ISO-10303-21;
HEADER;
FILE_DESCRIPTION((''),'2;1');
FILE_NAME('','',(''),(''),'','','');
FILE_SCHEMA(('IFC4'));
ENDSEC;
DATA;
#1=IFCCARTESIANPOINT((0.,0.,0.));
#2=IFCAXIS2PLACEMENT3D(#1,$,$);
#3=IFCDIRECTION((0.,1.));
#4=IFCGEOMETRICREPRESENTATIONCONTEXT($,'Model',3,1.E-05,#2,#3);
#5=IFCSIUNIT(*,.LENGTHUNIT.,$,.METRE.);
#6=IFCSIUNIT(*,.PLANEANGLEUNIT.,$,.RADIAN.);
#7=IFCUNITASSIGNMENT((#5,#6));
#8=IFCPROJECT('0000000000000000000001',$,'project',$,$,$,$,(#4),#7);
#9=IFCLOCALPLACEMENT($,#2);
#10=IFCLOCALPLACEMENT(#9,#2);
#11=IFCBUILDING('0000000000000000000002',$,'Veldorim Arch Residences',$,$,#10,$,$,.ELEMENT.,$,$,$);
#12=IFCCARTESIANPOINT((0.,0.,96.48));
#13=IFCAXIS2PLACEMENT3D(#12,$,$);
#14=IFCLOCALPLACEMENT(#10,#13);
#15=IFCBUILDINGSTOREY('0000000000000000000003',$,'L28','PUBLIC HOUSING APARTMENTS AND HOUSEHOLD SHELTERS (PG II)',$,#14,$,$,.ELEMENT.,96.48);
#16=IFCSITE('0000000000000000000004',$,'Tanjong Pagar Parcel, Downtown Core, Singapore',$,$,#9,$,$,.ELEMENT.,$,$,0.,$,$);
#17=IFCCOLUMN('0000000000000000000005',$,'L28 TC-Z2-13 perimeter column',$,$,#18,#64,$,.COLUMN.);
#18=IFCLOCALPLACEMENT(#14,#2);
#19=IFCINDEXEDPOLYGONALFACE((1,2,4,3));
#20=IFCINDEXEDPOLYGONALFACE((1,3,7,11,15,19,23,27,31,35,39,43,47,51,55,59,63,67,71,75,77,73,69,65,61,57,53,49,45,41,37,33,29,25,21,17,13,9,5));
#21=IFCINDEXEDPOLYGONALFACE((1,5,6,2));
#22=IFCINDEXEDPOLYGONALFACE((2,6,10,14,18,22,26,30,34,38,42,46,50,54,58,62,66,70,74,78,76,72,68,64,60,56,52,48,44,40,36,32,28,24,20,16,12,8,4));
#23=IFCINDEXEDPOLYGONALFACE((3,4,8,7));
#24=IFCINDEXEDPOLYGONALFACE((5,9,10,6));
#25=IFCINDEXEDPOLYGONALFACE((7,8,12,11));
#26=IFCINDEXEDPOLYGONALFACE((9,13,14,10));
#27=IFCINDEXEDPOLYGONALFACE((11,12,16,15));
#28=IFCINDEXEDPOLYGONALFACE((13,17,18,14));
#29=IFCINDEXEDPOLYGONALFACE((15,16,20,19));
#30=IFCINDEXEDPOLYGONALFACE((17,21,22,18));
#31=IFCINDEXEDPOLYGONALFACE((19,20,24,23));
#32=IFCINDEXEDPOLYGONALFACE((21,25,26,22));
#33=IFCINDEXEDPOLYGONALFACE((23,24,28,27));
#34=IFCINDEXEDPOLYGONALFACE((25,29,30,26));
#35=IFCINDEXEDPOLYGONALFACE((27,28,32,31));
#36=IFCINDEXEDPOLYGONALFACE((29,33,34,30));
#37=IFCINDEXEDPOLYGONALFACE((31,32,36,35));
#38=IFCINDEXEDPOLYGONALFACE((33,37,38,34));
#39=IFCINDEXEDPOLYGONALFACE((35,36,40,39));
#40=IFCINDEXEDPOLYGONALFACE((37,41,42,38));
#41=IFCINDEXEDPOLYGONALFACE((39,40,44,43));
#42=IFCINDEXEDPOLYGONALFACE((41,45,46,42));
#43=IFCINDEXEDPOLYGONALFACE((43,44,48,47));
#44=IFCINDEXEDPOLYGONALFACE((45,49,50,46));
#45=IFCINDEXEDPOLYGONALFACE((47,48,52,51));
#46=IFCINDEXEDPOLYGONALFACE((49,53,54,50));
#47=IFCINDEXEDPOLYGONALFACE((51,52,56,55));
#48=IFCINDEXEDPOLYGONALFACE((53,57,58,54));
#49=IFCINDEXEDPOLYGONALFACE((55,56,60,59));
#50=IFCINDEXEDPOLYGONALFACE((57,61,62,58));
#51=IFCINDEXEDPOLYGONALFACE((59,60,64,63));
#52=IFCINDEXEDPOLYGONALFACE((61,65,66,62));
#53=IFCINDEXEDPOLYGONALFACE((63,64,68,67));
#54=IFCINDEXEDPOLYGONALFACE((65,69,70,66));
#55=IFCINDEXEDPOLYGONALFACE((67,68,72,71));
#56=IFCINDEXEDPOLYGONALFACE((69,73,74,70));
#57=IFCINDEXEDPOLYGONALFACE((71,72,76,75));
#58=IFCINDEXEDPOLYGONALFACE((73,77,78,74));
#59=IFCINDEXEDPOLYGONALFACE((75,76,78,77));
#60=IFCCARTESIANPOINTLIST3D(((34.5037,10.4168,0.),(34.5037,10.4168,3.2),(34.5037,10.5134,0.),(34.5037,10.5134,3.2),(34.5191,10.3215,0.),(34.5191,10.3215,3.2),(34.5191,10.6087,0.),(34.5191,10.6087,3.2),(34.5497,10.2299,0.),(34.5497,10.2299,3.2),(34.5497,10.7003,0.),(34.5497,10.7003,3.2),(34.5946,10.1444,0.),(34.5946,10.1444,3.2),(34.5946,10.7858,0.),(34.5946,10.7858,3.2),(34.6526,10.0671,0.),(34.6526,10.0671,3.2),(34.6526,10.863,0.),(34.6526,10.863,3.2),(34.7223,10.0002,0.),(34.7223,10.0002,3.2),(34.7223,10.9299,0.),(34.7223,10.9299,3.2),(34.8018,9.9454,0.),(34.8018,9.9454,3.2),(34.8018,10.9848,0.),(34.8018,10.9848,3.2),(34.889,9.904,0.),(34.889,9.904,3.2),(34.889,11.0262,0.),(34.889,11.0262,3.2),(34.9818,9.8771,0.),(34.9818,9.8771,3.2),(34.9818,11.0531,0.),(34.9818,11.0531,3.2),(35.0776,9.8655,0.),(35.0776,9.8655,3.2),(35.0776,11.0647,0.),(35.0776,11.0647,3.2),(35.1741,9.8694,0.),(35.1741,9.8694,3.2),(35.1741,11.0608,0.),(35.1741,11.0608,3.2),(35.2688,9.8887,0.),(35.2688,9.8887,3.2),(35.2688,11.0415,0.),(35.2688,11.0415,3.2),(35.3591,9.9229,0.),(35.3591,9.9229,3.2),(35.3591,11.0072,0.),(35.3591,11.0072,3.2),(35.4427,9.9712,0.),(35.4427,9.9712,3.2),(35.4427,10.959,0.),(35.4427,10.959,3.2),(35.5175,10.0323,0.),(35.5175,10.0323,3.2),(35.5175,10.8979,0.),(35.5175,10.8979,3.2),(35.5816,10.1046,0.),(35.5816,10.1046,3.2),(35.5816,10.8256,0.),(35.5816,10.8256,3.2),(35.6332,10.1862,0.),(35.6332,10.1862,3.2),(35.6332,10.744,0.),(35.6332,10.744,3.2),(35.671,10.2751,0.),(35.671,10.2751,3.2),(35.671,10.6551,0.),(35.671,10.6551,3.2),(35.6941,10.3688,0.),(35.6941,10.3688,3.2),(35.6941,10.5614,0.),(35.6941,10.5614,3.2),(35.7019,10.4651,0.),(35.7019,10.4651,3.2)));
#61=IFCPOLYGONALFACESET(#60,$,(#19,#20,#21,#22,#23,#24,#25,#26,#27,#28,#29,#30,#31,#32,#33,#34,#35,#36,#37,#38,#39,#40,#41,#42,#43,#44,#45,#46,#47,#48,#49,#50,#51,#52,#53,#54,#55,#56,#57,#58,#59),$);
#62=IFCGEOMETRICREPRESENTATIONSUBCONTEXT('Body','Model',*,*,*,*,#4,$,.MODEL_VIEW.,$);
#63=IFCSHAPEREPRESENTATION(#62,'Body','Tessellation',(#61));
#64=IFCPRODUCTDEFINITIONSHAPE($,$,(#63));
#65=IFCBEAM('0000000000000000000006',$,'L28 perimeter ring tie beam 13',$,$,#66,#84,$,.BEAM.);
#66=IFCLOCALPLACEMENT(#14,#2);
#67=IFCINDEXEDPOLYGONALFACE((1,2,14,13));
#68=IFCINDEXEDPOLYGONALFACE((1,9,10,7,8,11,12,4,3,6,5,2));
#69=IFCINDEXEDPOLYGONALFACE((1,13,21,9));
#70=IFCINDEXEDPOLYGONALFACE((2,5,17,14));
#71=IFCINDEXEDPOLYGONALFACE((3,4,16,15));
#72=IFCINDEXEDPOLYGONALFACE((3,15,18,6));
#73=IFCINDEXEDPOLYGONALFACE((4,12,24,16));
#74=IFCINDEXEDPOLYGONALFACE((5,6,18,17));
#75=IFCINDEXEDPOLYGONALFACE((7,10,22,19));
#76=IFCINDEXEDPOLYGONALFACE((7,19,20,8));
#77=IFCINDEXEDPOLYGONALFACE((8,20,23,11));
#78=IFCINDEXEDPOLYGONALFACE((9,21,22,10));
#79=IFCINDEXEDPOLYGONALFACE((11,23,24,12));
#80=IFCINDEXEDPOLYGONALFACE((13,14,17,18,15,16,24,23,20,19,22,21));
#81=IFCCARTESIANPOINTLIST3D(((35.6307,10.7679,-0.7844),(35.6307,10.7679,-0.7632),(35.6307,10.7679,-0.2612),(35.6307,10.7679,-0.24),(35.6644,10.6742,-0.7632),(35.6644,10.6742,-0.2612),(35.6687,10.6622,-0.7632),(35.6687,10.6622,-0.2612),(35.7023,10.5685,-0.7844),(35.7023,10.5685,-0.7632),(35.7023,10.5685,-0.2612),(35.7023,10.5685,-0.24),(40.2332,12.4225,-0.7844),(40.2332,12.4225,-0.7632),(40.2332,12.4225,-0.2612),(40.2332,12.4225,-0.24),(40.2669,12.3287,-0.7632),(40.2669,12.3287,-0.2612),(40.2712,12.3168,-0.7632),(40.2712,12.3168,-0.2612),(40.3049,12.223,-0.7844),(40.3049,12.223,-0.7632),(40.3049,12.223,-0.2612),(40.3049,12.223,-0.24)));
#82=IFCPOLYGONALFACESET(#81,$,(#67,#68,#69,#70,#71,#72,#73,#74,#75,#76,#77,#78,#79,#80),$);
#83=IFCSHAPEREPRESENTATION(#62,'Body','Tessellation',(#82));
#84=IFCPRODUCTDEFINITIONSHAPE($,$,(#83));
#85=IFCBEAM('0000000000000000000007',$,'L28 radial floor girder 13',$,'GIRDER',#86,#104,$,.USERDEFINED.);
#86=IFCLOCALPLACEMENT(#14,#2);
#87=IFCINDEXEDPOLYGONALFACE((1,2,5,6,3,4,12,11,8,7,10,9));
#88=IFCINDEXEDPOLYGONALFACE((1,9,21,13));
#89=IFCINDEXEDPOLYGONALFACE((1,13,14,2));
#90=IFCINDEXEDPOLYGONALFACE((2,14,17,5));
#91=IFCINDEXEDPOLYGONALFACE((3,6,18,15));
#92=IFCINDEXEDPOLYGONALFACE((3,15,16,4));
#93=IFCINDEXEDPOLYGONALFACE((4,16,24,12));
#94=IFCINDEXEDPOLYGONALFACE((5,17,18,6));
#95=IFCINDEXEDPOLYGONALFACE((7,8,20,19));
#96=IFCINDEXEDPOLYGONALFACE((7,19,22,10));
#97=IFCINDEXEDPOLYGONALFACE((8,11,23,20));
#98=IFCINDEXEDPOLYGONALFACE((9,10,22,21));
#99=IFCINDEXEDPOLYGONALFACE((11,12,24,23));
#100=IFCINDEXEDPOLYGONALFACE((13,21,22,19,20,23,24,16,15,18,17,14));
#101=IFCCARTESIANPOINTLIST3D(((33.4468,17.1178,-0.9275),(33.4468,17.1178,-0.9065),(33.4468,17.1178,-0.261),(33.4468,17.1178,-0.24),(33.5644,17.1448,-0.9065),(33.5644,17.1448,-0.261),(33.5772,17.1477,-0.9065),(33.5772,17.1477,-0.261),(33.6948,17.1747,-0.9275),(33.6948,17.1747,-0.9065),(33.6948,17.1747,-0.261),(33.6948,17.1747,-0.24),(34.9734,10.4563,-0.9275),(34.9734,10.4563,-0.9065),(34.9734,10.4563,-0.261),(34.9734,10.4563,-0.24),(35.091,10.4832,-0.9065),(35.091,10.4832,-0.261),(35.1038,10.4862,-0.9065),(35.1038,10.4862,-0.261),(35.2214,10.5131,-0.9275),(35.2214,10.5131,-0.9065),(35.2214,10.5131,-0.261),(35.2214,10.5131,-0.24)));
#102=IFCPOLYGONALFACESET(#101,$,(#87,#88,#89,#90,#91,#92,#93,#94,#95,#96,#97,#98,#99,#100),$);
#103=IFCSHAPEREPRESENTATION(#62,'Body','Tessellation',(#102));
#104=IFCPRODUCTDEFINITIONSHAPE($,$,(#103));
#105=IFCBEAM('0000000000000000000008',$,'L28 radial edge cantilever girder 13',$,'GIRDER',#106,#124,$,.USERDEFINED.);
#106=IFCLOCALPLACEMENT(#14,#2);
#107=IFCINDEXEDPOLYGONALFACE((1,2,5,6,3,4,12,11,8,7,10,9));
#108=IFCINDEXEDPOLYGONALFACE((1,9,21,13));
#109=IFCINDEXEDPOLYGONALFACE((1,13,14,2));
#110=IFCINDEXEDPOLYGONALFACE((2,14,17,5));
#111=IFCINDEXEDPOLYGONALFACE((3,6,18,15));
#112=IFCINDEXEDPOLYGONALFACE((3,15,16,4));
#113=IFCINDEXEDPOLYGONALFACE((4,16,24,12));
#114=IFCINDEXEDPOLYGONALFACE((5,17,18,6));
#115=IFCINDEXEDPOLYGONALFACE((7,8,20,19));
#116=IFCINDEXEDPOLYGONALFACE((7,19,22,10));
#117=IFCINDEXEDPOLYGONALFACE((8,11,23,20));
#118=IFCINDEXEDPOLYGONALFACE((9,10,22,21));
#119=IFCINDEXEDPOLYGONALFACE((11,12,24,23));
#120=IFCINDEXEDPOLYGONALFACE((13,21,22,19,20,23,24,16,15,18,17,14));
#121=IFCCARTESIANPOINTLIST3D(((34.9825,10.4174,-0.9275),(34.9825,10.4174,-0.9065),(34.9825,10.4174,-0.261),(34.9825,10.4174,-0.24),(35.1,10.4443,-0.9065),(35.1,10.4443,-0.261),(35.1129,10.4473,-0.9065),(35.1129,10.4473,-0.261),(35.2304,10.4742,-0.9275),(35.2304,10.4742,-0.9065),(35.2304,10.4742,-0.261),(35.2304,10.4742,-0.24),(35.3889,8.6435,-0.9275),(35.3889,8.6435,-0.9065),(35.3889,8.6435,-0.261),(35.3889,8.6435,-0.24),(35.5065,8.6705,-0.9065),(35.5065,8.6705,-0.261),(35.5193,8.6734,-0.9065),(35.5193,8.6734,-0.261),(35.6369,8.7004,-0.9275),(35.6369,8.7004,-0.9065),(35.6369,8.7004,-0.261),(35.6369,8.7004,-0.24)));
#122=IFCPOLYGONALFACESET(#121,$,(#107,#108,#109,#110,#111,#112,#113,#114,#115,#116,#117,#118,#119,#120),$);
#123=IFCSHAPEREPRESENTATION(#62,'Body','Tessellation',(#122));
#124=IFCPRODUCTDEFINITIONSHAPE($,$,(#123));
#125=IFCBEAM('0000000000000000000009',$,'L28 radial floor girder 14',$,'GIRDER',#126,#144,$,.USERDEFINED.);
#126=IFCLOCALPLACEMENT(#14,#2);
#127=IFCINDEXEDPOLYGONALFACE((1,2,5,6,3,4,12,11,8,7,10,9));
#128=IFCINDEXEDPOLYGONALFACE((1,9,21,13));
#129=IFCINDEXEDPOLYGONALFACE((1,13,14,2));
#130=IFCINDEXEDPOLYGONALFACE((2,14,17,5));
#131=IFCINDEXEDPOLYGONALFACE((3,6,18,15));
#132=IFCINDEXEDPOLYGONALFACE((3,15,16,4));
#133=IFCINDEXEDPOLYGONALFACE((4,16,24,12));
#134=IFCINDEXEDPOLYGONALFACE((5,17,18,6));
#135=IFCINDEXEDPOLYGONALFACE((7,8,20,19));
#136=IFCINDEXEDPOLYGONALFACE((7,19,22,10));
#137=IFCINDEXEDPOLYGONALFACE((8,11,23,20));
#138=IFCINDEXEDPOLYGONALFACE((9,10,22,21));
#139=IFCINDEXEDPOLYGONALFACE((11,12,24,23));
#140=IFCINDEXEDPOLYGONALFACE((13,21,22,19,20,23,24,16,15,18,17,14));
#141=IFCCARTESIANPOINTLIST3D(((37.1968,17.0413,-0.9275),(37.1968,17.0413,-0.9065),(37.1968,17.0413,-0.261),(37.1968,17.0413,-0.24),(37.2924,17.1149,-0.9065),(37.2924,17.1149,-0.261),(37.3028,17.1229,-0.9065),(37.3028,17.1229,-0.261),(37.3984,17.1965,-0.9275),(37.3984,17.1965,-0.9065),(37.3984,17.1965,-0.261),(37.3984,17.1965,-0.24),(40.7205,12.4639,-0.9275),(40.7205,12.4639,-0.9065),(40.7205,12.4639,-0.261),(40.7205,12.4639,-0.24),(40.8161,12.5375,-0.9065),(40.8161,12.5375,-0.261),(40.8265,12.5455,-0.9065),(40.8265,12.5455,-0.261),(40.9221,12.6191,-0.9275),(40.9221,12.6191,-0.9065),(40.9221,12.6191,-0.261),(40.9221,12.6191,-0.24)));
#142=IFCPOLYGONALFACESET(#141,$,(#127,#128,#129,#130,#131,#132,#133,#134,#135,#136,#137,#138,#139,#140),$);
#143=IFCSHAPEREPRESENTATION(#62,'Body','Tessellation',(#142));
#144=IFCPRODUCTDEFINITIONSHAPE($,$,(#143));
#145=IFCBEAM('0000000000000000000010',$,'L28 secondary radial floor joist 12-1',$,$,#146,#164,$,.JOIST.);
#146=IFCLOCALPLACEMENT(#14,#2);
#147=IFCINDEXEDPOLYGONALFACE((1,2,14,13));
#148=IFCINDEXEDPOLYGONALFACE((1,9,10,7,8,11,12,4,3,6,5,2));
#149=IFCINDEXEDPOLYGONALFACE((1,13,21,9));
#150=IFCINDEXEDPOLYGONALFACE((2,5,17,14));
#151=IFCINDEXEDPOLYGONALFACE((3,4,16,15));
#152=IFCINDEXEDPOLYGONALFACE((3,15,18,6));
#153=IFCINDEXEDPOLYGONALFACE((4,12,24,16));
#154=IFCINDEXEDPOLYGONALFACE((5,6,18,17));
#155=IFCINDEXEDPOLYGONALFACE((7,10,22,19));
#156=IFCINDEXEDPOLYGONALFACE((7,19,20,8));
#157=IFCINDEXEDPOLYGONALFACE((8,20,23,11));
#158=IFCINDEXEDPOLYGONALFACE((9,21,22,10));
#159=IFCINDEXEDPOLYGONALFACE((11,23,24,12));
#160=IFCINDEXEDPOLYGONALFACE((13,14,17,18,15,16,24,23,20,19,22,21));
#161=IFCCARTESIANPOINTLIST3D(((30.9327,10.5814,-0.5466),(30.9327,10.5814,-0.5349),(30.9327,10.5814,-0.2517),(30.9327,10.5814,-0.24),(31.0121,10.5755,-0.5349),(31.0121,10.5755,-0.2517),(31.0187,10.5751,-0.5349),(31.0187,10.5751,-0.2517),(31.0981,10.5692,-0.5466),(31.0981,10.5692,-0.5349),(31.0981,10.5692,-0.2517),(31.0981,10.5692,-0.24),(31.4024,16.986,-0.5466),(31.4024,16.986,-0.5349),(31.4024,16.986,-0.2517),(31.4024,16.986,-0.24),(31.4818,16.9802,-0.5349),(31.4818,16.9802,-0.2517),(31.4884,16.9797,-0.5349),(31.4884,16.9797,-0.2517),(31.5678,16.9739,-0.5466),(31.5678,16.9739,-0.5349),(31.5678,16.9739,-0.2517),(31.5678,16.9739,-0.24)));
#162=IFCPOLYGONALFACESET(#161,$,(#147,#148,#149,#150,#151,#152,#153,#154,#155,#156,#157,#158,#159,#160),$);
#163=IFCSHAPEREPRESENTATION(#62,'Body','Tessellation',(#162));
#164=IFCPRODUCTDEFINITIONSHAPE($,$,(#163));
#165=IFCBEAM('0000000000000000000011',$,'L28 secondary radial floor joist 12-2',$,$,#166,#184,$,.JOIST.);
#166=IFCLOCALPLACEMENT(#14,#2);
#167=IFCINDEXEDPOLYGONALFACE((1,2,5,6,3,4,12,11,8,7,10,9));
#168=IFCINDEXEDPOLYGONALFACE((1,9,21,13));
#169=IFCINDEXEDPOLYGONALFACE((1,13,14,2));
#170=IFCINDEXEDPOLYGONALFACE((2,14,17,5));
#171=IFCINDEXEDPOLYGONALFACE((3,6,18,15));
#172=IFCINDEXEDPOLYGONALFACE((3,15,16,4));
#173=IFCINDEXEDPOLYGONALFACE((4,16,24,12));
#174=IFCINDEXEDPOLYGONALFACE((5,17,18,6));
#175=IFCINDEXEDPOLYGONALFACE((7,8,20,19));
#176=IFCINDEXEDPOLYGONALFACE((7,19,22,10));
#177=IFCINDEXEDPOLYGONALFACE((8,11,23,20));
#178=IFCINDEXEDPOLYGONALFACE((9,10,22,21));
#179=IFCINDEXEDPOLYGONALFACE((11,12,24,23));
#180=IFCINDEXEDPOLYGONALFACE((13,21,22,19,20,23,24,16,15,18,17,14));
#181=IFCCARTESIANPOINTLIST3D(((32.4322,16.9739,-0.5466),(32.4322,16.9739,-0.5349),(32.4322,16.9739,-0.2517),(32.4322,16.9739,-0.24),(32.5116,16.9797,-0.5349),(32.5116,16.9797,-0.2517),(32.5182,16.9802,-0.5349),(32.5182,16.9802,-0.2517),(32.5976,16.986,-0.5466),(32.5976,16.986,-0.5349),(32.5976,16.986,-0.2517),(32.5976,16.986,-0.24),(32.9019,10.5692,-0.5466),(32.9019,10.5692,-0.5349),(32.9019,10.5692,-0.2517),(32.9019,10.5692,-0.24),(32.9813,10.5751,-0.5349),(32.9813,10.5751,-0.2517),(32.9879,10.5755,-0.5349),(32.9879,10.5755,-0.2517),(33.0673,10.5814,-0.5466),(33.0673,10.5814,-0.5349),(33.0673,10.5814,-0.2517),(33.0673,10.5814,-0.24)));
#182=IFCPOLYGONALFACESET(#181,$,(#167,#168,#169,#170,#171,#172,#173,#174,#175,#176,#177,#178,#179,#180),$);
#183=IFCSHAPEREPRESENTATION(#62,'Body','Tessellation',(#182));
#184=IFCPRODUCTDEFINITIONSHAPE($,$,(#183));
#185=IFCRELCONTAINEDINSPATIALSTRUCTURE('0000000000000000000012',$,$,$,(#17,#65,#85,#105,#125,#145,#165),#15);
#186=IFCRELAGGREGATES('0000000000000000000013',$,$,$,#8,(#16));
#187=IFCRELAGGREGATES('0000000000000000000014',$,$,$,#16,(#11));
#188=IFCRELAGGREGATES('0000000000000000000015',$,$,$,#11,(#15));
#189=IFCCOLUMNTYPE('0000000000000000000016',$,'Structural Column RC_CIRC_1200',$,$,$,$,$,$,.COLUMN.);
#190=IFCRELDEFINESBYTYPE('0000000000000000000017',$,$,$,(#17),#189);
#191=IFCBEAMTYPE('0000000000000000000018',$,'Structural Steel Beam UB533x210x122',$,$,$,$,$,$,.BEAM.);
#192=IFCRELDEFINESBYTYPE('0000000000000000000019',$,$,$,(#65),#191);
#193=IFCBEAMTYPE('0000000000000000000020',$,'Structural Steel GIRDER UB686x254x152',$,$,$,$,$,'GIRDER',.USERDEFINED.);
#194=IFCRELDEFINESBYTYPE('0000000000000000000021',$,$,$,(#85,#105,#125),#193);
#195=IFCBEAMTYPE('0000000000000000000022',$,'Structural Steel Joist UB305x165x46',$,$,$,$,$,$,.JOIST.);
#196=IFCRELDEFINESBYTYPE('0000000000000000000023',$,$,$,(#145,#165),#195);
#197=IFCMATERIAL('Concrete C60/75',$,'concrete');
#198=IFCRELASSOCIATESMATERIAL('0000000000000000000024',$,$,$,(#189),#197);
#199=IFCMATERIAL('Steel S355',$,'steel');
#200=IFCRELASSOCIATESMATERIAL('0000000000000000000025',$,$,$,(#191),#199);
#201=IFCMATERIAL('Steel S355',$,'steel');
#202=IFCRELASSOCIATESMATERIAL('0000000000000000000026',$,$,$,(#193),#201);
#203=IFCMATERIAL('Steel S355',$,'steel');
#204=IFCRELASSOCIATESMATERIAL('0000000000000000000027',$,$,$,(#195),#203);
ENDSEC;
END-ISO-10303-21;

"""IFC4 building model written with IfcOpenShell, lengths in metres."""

from ifc_helpers import new_model, si_unit, direction, frame, origin, origin_2d, place, context, subcontext, project, spatial, circle, i_section, extrude, material, material_profile, profile_set, type_object, element, save


model = new_model("IFC4")

# Units and contexts
model_context = context("Model", 3, precision=1e-05, world=origin(), true_north=direction((0.0, 1.0)))
body_context = subcontext(model_context, "Body", "Model", "MODEL_VIEW")
ifc_project = project(units=[si_unit("LENGTHUNIT", "METRE"), si_unit("PLANEANGLEUNIT", "RADIAN")], contexts=[model_context])

# Site, building, storey
site_placement = place(None, origin())
site = spatial("IfcSite", under=ifc_project, at=site_placement, Name="Tanjong Pagar Parcel, Downtown Core, Singapore", CompositionType="ELEMENT", RefElevation=0.0)
building_placement = place(site_placement, origin())
building = spatial("IfcBuilding", under=site, at=building_placement, Name="Veldorim Arch Residences", CompositionType="ELEMENT")
storey_placement = place(building_placement, frame((0.0, 0.0, 96.48)))
storey = spatial("IfcBuildingStorey", under=building, at=storey_placement, Name="L28", Description="PUBLIC HOUSING APARTMENTS AND HOUSEHOLD SHELTERS (PG II)", CompositionType="ELEMENT", Elevation=96.48)

# Column
ifc_material_1 = material(Name="Concrete C60/75", Category="concrete")
ifc_material_profile_1 = material_profile(ifc_material_1, circle(Radius=0.6001, at=origin_2d()), Name="RC_CIRC_1200")
ifc_profile_set_1 = profile_set([ifc_material_profile_1], Name="Concrete C60/75")
column_type = type_object("IfcColumnType", Name="Structural Column RC_CIRC_1200", PredefinedType="COLUMN", material=ifc_profile_set_1)
column_placement = place(storey_placement, frame((35.1018, 10.4651, 0.0), z_axis=(0.0, 0.0, 1.0), x_axis=(1.0, 0.0, 0.0)))
element("IfcColumn", 1, at=column_placement, inside=storey, type_object=column_type, Name="L28 TC-Z2-13 perimeter column", PredefinedType="COLUMN", context=body_context, shape_type="SweptSolid", body=[
    extrude(circle(Radius=0.6001, at=origin_2d()), origin(), (0.0, 0.0, 1.0), 3.2),
])

# Beams
ifc_material_2 = material(Name="Steel S355", Category="steel")
ifc_material_profile_2 = material_profile(ifc_material_2, i_section(OverallWidth=0.2119, OverallDepth=0.5444, WebThickness=0.0127, FlangeThickness=0.0212, at=origin_2d()), Name="UB533x210x122")
ifc_profile_set_2 = profile_set([ifc_material_profile_2], Name="Steel S355")
beam_type_1 = type_object("IfcBeamType", Name="Structural Steel Beam UB533x210x122", PredefinedType="BEAM", material=ifc_profile_set_2)
beam_1_placement = place(storey_placement, frame((35.6665, 10.6682, -0.5122), z_axis=(0.941042, 0.33829, 0.0), x_axis=(-0.33829, 0.941042, 0.0)))
element("IfcBeam", 2, at=beam_1_placement, inside=storey, type_object=beam_type_1, Name="L28 perimeter ring tie beam 13", PredefinedType="BEAM", context=body_context, shape_type="SweptSolid", body=[
    extrude(i_section(OverallWidth=0.2119, OverallDepth=0.5444, WebThickness=0.0127, FlangeThickness=0.0212, at=origin_2d()), origin(), (0.0, 0.0, 1.0), 4.8909),
])
ifc_material_3 = material(Name="Steel S355", Category="steel")
ifc_material_profile_3 = material_profile(ifc_material_3, i_section(OverallWidth=0.2544, OverallDepth=0.6875, WebThickness=0.0132, FlangeThickness=0.021, at=origin_2d()), Name="UB686x254x152")
ifc_profile_set_3 = profile_set([ifc_material_profile_3], Name="Steel S355")
beam_type_2 = type_object("IfcBeamType", Name="Structural Steel GIRDER UB686x254x152", ElementType="GIRDER", PredefinedType="USERDEFINED", material=ifc_profile_set_3)
beam_2_placement = place(storey_placement, frame((33.5708, 17.1462, -0.5837), z_axis=(0.223375, -0.974733, 0.0), x_axis=(0.974733, 0.223375, 0.0)))
element("IfcBeam", 3, at=beam_2_placement, inside=storey, type_object=beam_type_2, Name="L28 radial floor girder 13", ObjectType="GIRDER", PredefinedType="USERDEFINED", context=body_context, shape_type="SweptSolid", body=[
    extrude(i_section(OverallWidth=0.2544, OverallDepth=0.6875, WebThickness=0.0132, FlangeThickness=0.021, at=origin_2d()), origin(), (0.0, 0.0, 1.0), 6.8342),
])
beam_3_placement = place(storey_placement, frame((35.1064, 10.4458, -0.5837), z_axis=(0.22336, -0.974736, 0.0), x_axis=(0.974736, 0.22336, 0.0)))
element("IfcBeam", 4, at=beam_3_placement, inside=storey, type_object=beam_type_2, Name="L28 radial edge cantilever girder 13", ObjectType="GIRDER", PredefinedType="USERDEFINED", context=body_context, shape_type="SweptSolid", body=[
    extrude(i_section(OverallWidth=0.2544, OverallDepth=0.6875, WebThickness=0.0132, FlangeThickness=0.021, at=origin_2d()), origin(), (0.0, 0.0, 1.0), 1.8198),
])
beam_4_placement = place(storey_placement, frame((37.2976, 17.1189, -0.5837), z_axis=(0.609995, -0.792406, 0.0), x_axis=(0.792406, 0.609995, 0.0)))
element("IfcBeam", 5, at=beam_4_placement, inside=storey, type_object=beam_type_2, Name="L28 radial floor girder 14", ObjectType="GIRDER", PredefinedType="USERDEFINED", context=body_context, shape_type="SweptSolid", body=[
    extrude(i_section(OverallWidth=0.2544, OverallDepth=0.6875, WebThickness=0.0132, FlangeThickness=0.021, at=origin_2d()), origin(), (0.0, 0.0, 1.0), 5.7766),
])
ifc_material_4 = material(Name="Steel S355", Category="steel")
ifc_material_profile_4 = material_profile(ifc_material_4, i_section(OverallWidth=0.1658, OverallDepth=0.3066, WebThickness=0.0066, FlangeThickness=0.0117, at=origin_2d()), Name="UB305x165x46")
ifc_profile_set_4 = profile_set([ifc_material_profile_4], Name="Steel S355")
beam_type_3 = type_object("IfcBeamType", Name="Structural Steel Joist UB305x165x46", PredefinedType="JOIST", material=ifc_profile_set_4)
for number, where, z_axis, x_axis, name in (
    (6, (31.4851, 16.98, -0.3933), (-0.073143, -0.997321, 0.0), (0.997321, -0.073143, 0.0), "L28 secondary radial floor joist 12-1"),
    (7, (32.5149, 16.98, -0.3933), (0.073143, -0.997321, 0.0), (0.997321, 0.073143, 0.0), "L28 secondary radial floor joist 12-2"),
):
    element("IfcBeam", number, at=place(storey_placement, frame(where, z_axis=z_axis, x_axis=x_axis)), inside=storey, type_object=beam_type_3, Name=name, PredefinedType="JOIST", context=body_context, shape_type="SweptSolid", body=[
        extrude(i_section(OverallWidth=0.1658, OverallDepth=0.3066, WebThickness=0.0066, FlangeThickness=0.0117, at=origin_2d()), origin(), (0.0, 0.0, 1.0), 6.4219),
    ])

save(model, "model.ifc")
